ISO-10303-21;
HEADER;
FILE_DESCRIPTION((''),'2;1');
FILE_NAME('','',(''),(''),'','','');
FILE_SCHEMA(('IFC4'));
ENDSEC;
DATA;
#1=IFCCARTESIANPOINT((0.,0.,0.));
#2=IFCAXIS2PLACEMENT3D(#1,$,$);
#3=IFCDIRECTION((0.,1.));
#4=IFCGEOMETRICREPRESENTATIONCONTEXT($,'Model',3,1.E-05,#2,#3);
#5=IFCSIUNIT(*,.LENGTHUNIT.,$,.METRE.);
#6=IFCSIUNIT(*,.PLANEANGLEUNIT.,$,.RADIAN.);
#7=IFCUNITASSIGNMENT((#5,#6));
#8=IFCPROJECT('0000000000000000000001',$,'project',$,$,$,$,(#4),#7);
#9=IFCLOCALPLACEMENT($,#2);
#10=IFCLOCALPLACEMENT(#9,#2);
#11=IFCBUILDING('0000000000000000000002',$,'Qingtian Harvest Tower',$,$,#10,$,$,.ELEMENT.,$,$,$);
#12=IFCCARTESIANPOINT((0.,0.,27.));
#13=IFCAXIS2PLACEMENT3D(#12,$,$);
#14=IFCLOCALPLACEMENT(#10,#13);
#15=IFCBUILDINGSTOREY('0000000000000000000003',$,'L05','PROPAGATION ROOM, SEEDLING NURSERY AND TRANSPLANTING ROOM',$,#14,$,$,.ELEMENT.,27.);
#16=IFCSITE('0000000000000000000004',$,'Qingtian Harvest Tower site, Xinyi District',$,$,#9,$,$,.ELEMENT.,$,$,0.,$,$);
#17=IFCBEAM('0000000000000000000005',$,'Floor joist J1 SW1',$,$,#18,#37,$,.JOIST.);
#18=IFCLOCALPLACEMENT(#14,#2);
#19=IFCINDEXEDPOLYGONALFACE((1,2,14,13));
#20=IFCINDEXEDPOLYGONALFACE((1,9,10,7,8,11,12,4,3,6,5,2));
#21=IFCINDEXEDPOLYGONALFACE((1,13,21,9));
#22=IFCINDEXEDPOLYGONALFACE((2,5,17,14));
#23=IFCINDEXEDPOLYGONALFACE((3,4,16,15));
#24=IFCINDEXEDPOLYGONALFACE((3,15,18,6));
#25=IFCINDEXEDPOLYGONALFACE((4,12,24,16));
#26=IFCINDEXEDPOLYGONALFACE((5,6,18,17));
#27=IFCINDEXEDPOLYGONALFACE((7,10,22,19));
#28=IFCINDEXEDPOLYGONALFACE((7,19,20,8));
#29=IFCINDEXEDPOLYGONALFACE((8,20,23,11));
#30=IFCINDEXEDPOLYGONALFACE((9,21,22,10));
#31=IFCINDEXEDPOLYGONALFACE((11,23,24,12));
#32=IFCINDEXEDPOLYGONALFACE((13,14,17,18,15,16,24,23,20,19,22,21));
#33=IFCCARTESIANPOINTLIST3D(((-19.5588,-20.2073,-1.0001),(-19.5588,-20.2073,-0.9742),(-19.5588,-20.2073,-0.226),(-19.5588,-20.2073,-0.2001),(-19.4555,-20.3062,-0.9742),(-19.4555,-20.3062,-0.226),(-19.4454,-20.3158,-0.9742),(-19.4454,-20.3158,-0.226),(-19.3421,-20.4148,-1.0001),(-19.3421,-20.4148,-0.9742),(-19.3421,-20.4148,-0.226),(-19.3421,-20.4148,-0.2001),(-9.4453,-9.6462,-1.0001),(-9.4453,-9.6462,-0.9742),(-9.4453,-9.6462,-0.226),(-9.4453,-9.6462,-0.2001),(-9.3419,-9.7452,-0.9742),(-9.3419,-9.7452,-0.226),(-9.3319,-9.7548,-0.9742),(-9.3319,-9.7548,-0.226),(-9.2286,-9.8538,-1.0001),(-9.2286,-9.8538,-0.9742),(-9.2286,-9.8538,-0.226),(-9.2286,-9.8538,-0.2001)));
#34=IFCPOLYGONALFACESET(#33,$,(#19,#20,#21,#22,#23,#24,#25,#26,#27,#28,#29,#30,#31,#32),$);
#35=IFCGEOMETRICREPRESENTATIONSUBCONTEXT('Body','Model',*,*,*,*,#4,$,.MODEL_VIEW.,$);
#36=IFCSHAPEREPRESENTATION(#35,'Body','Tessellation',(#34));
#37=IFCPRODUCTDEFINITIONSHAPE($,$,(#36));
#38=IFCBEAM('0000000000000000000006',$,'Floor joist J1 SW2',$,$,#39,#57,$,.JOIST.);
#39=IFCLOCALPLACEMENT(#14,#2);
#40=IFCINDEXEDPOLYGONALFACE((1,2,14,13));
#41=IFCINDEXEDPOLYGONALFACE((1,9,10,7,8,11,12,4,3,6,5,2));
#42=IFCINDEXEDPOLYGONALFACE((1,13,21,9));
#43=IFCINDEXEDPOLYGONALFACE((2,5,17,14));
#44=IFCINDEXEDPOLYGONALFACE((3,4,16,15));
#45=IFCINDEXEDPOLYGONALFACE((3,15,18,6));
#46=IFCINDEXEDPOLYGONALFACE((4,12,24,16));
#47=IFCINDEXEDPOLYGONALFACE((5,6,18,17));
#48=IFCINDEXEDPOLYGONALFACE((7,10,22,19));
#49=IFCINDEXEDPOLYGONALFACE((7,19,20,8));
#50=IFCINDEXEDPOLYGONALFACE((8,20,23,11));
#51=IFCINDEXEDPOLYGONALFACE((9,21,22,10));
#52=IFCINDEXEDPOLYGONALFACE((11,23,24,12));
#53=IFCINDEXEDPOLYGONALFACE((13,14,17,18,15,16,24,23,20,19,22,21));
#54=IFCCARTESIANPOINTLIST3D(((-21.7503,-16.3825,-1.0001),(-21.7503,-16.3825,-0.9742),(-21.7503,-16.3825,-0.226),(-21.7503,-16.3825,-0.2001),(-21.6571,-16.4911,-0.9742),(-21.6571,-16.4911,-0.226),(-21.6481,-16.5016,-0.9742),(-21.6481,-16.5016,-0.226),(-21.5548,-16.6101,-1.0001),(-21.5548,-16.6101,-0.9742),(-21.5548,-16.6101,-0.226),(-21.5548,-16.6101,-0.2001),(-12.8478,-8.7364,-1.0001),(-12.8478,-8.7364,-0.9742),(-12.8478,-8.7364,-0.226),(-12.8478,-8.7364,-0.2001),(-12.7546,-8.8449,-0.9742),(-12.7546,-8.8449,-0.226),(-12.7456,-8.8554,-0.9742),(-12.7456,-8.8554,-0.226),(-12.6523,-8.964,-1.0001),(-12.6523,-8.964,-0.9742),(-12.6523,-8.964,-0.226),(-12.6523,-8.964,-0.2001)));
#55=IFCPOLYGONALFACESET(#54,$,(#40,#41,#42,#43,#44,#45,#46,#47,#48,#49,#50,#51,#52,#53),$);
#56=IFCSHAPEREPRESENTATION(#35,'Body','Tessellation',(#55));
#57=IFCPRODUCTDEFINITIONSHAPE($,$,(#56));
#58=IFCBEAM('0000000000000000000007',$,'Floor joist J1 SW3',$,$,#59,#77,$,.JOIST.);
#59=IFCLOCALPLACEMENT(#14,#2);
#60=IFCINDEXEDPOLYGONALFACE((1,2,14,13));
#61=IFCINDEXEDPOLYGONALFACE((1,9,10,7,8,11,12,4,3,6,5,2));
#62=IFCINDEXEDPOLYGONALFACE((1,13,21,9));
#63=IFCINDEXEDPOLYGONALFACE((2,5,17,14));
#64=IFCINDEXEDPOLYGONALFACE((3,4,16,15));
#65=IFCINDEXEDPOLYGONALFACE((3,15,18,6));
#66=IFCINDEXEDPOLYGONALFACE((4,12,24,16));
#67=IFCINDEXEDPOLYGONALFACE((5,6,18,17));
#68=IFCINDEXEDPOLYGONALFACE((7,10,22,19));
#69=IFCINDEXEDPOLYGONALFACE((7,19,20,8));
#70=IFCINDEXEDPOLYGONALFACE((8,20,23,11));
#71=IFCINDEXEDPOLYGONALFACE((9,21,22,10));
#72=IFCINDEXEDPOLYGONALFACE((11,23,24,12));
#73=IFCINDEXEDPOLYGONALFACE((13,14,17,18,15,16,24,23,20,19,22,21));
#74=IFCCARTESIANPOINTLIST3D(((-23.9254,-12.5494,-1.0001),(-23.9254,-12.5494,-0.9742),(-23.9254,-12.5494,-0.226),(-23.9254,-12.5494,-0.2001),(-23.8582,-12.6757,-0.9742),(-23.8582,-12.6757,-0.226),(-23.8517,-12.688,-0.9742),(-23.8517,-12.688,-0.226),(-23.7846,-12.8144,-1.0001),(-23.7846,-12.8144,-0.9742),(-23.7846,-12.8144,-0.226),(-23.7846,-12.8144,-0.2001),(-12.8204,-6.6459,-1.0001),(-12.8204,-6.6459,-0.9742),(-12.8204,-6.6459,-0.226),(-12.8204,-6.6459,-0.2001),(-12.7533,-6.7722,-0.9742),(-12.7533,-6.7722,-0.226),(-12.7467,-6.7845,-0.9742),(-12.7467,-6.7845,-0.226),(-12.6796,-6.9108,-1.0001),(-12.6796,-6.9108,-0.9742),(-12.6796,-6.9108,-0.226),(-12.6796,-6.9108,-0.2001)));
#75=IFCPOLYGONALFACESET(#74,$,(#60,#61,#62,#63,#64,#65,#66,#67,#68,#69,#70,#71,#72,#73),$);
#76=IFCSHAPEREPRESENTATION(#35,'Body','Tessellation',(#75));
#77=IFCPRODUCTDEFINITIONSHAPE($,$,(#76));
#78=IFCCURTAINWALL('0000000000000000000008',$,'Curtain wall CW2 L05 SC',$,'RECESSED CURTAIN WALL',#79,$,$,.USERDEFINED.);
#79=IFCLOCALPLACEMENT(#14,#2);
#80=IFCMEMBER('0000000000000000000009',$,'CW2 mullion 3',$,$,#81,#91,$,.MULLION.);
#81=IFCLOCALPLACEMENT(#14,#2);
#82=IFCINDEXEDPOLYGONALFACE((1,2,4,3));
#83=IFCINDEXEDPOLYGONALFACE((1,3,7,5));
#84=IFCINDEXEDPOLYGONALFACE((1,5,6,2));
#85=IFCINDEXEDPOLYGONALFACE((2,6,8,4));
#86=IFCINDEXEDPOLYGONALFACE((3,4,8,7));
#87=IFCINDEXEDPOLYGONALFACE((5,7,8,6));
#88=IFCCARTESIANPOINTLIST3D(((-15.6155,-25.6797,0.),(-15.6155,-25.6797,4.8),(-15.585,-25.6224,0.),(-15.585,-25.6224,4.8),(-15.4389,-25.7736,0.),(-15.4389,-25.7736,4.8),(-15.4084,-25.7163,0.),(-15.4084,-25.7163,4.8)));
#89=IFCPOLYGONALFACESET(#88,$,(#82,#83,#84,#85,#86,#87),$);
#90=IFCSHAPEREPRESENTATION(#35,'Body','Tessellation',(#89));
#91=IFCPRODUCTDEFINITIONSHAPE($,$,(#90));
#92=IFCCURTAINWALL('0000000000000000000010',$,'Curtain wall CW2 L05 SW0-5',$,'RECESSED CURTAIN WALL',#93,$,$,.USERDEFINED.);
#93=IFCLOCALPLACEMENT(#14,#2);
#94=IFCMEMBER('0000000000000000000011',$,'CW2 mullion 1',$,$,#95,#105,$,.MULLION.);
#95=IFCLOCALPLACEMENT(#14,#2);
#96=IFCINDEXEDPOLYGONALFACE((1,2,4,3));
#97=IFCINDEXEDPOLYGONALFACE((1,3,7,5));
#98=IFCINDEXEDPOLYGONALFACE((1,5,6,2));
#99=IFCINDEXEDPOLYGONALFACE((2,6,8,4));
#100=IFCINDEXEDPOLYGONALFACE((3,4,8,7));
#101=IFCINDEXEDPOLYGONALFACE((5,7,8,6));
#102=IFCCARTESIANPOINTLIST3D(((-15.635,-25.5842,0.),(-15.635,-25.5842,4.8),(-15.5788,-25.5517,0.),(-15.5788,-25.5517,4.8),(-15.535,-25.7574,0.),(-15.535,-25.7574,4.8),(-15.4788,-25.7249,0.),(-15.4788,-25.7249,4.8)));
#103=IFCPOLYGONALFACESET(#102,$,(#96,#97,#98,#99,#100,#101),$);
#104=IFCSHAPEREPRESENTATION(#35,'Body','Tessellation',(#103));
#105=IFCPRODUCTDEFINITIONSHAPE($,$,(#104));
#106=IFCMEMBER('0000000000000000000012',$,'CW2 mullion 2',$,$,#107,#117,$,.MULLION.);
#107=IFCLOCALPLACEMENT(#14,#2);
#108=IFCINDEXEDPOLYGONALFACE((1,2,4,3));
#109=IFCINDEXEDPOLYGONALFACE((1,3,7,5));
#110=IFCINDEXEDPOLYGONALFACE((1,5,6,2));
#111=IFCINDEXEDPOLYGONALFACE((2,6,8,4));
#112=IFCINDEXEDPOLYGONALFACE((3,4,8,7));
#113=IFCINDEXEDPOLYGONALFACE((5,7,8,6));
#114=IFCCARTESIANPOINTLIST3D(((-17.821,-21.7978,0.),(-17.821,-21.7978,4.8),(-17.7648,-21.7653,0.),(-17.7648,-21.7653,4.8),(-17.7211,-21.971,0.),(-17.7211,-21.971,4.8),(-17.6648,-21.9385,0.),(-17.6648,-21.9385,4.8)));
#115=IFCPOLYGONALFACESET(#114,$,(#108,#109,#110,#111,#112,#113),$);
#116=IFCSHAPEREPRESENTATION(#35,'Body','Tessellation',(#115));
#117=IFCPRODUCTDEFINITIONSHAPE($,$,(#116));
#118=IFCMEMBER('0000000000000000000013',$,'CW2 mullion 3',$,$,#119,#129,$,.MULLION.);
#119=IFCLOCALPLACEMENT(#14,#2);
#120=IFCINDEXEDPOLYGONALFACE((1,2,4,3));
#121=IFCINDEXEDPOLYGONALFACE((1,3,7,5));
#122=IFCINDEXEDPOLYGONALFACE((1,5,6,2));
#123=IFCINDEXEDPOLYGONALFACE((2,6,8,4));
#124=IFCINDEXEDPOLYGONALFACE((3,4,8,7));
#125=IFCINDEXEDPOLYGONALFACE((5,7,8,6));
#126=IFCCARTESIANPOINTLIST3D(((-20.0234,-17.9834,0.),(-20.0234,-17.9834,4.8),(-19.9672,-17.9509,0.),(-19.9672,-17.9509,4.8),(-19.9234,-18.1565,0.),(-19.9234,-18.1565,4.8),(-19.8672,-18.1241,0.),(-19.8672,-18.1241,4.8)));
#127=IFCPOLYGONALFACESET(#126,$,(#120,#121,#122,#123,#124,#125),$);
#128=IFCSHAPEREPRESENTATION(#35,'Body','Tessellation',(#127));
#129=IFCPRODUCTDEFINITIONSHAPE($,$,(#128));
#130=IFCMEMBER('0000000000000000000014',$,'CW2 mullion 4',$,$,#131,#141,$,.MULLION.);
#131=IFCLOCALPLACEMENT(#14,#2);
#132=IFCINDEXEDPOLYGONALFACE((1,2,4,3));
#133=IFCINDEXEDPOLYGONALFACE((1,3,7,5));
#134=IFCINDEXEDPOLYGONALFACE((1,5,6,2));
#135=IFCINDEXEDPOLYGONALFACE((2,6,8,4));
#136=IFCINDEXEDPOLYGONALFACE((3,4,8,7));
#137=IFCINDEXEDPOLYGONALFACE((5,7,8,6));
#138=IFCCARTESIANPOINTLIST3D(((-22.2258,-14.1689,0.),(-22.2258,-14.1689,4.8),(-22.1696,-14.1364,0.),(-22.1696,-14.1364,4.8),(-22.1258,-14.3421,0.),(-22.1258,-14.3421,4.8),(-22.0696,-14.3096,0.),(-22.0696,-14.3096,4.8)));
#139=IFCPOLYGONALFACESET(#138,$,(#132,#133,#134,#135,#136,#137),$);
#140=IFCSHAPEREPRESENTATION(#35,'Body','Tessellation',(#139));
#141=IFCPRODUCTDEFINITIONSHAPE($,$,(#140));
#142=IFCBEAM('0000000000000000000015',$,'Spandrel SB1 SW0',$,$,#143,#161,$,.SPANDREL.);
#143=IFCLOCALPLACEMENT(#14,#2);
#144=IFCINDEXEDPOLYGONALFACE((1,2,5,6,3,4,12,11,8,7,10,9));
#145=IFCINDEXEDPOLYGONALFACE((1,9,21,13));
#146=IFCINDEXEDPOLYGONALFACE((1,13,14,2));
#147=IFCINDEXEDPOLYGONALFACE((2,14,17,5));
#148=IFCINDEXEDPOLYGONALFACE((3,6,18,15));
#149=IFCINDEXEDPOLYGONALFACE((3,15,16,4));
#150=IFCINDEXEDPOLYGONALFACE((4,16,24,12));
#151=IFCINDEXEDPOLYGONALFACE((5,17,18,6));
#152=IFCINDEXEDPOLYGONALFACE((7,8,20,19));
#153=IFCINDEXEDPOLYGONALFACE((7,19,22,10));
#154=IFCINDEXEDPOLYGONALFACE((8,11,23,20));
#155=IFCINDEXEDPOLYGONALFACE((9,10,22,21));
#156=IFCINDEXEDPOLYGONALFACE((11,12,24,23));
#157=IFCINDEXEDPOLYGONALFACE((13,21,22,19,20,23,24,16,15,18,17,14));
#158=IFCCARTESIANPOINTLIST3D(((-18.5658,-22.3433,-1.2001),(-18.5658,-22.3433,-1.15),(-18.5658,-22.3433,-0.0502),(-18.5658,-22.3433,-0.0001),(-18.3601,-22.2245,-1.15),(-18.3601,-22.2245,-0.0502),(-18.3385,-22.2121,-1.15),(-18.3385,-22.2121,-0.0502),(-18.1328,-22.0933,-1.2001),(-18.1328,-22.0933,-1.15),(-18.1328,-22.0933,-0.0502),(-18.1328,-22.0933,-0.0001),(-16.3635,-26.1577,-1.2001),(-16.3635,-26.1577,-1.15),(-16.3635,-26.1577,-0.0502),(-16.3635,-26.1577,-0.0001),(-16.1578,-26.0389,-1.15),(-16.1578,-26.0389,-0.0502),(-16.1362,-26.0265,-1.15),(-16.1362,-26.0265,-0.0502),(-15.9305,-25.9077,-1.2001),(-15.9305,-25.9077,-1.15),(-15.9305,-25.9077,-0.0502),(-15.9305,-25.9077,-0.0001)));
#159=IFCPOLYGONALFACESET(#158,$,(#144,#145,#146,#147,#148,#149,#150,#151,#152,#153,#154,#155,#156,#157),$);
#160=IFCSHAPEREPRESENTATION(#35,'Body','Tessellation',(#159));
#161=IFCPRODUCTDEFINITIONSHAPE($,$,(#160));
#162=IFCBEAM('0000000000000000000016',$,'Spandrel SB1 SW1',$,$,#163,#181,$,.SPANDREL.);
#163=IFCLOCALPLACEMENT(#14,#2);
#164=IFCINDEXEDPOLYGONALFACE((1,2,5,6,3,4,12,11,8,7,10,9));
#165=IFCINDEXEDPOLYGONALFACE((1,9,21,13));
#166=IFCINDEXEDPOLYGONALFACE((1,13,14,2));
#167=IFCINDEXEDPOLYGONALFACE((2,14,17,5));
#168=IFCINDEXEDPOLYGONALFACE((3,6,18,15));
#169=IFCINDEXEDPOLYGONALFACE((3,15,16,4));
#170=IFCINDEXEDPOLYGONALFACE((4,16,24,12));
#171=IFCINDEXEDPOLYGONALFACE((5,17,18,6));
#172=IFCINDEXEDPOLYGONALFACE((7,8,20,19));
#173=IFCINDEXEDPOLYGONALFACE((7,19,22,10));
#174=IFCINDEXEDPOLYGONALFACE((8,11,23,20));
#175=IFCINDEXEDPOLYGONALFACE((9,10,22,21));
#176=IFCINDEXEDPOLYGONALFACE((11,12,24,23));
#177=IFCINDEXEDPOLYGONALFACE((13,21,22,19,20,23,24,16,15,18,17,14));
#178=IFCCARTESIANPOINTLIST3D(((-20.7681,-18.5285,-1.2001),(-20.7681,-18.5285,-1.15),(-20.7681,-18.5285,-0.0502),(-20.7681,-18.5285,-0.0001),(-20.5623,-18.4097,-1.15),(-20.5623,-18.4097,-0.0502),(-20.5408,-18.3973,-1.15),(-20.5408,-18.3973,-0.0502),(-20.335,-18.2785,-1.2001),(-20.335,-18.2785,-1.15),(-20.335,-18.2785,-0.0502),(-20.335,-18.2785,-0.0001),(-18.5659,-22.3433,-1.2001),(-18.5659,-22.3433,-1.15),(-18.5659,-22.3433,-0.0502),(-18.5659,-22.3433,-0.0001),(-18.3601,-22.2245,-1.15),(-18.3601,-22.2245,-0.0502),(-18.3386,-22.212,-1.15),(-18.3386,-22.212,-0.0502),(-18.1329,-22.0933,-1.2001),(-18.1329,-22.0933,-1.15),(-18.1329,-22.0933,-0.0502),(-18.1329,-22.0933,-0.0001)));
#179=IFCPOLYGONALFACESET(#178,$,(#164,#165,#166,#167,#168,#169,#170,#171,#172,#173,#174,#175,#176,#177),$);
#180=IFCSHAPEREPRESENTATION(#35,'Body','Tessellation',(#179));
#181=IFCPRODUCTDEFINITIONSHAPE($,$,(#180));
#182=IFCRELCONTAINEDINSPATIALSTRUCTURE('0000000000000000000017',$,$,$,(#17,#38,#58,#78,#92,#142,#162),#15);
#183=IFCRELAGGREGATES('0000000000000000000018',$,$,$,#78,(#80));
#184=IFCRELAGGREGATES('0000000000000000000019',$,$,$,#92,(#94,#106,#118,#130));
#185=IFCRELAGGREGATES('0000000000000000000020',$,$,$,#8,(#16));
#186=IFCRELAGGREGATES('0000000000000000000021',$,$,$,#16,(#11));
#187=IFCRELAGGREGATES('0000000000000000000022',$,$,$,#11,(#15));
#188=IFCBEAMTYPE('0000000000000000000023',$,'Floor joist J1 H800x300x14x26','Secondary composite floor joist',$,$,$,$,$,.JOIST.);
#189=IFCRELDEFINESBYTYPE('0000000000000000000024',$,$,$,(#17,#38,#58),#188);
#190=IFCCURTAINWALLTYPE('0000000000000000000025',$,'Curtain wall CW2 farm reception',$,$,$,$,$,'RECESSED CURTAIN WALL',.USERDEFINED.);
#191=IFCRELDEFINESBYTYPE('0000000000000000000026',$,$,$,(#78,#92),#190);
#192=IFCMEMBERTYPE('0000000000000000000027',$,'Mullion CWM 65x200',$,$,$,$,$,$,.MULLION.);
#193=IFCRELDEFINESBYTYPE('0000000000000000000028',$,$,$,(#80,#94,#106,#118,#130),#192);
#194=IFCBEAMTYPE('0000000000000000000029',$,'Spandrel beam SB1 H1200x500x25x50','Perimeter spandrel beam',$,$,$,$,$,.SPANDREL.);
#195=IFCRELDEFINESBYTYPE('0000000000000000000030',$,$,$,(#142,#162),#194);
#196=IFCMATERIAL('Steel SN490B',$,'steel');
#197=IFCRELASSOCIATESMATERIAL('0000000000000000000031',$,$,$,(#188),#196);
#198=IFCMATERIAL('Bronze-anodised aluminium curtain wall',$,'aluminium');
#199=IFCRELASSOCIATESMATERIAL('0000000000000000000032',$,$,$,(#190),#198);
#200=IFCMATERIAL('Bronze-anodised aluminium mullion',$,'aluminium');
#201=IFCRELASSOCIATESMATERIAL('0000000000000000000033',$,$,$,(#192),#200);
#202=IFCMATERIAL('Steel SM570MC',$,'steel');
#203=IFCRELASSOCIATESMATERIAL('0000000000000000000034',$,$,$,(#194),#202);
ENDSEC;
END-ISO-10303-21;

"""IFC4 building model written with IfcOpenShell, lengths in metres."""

from ifc_helpers import new_model, si_unit, direction, frame, origin, origin_2d, place, context, subcontext, project, spatial, rectangle, i_section, extrude, material, material_profile, profile_set, type_object, element, aggregate, save


model = new_model("IFC4")

# Units and contexts
model_context = context("Model", 3, precision=1e-05, world=origin(), true_north=direction((0.0, 1.0)))
body_context = subcontext(model_context, "Body", "Model", "MODEL_VIEW")
ifc_project = project(units=[si_unit("LENGTHUNIT", "METRE"), si_unit("PLANEANGLEUNIT", "RADIAN")], contexts=[model_context])

# Site, building, storey
site_placement = place(None, origin())
site = spatial("IfcSite", under=ifc_project, at=site_placement, Name="Qingtian Harvest Tower site, Xinyi District", CompositionType="ELEMENT", RefElevation=0.0)
building_placement = place(site_placement, origin())
building = spatial("IfcBuilding", under=site, at=building_placement, Name="Qingtian Harvest Tower", CompositionType="ELEMENT")
storey_placement = place(building_placement, frame((0.0, 0.0, 27.0)))
storey = spatial("IfcBuildingStorey", under=building, at=storey_placement, Name="L05", Description="PROPAGATION ROOM, SEEDLING NURSERY AND TRANSPLANTING ROOM", CompositionType="ELEMENT", Elevation=27.0)

# Beams
ifc_material_1 = material(Name="Steel SN490B", Category="steel")
ifc_material_profile_1 = material_profile(ifc_material_1, i_section(OverallWidth=0.3, OverallDepth=0.8, WebThickness=0.0139, FlangeThickness=0.0259, at=origin_2d()), Name="H800x300x14x26")
ifc_profile_set_1 = profile_set([ifc_material_profile_1], Name="Steel SN490B")
beam_type_1 = type_object("IfcBeamType", Name="Floor joist J1 H800x300x14x26", Description="Secondary composite floor joist", PredefinedType="JOIST", material=ifc_profile_set_1)
beam_1_placement = place(storey_placement, frame((-19.4504, -20.311, -0.6001), z_axis=(0.691639, 0.722243, 0.0), x_axis=(-0.722243, 0.691639, 0.0)))
element("IfcBeam", 1, at=beam_1_placement, inside=storey, type_object=beam_type_1, Name="Floor joist J1 SW1", PredefinedType="JOIST", context=body_context, shape_type="SweptSolid", body=[
    extrude(i_section(OverallWidth=0.3, OverallDepth=0.8, WebThickness=0.0139, FlangeThickness=0.0259, at=origin_2d()), origin(), (0.0, 0.0, 1.0), 14.6226),
])
beam_2_placement = place(storey_placement, frame((-21.6526, -16.4963, -0.6001), z_axis=(0.758606, 0.65155, 0.0), x_axis=(-0.65155, 0.758606, 0.0)))
element("IfcBeam", 2, at=beam_2_placement, inside=storey, type_object=beam_type_1, Name="Floor joist J1 SW2", PredefinedType="JOIST", context=body_context, shape_type="SweptSolid", body=[
    extrude(i_section(OverallWidth=0.3, OverallDepth=0.8, WebThickness=0.0139, FlangeThickness=0.0259, at=origin_2d()), origin(), (0.0, 0.0, 1.0), 11.7354),
])
beam_3_placement = place(storey_placement, frame((-23.855, -12.6819, -0.6001), z_axis=(0.882982, 0.469406, 0.0), x_axis=(-0.469406, 0.882982, 0.0)))
element("IfcBeam", 3, at=beam_3_placement, inside=storey, type_object=beam_type_1, Name="Floor joist J1 SW3", PredefinedType="JOIST", context=body_context, shape_type="SweptSolid", body=[
    extrude(i_section(OverallWidth=0.3, OverallDepth=0.8, WebThickness=0.0139, FlangeThickness=0.0259, at=origin_2d()), origin(), (0.0, 0.0, 1.0), 12.5767),
])

# Curtain wall, member
ifc_material_2 = material(Name="Bronze-anodised aluminium curtain wall", Category="aluminium")
curtain_wall_type = type_object("IfcCurtainWallType", Name="Curtain wall CW2 farm reception", ElementType="RECESSED CURTAIN WALL", PredefinedType="USERDEFINED", material=ifc_material_2)
curtain_wall_1_placement = place(storey_placement, origin())
curtain_wall_1 = element("IfcCurtainWall", 4, at=curtain_wall_1_placement, inside=storey, type_object=curtain_wall_type, Name="Curtain wall CW2 L05 SC", ObjectType="RECESSED CURTAIN WALL", PredefinedType="USERDEFINED")
ifc_material_3 = material(Name="Bronze-anodised aluminium mullion", Category="aluminium")
ifc_material_profile_2 = material_profile(ifc_material_3, rectangle(XDim=0.0649, YDim=0.2, at=origin_2d()), Name="AL 65x200")
ifc_profile_set_2 = profile_set([ifc_material_profile_2], Name="Bronze-anodised aluminium mullion")
member_type_1 = type_object("IfcMemberType", Name="Mullion CWM 65x200", PredefinedType="MULLION", material=ifc_profile_set_2)
member_1_placement = place(storey_placement, frame((-15.512, -25.698, 0.0), z_axis=(0.0, 0.0, 1.0), x_axis=(-0.469472, -0.882948, 0.0)))
member_1 = element("IfcMember", 5, at=member_1_placement, type_object=member_type_1, Name="CW2 mullion 3", PredefinedType="MULLION", context=body_context, shape_type="SweptSolid", body=[
    extrude(rectangle(XDim=0.0649, YDim=0.2, at=origin_2d()), origin(), (0.0, 0.0, 1.0), 4.8),
])
aggregate(curtain_wall_1, [member_1])

# Curtain wall, members
curtain_wall_2_placement = place(storey_placement, origin())
curtain_wall_2 = element("IfcCurtainWall", 6, at=curtain_wall_2_placement, inside=storey, type_object=curtain_wall_type, Name="Curtain wall CW2 L05 SW0-5", ObjectType="RECESSED CURTAIN WALL", PredefinedType="USERDEFINED")
member_2_placement = place(storey_placement, frame((-15.5569, -25.6545, 0.0), z_axis=(0.0, 0.0, 1.0), x_axis=(-0.866025, -0.5, 0.0)))
member_2 = element("IfcMember", 7, at=member_2_placement, type_object=member_type_1, Name="CW2 mullion 1", PredefinedType="MULLION", context=body_context, shape_type="SweptSolid", body=[
    extrude(rectangle(XDim=0.0649, YDim=0.2, at=origin_2d()), origin(), (0.0, 0.0, 1.0), 4.8),
])
member_3_placement = place(storey_placement, frame((-17.7429, -21.8682, 0.0), z_axis=(0.0, 0.0, 1.0), x_axis=(-0.866025, -0.5, 0.0)))
member_3 = element("IfcMember", 8, at=member_3_placement, type_object=member_type_1, Name="CW2 mullion 2", PredefinedType="MULLION", context=body_context, shape_type="SweptSolid", body=[
    extrude(rectangle(XDim=0.0649, YDim=0.2, at=origin_2d()), origin(), (0.0, 0.0, 1.0), 4.8),
])
member_4_placement = place(storey_placement, frame((-19.9453, -18.0537, 0.0), z_axis=(0.0, 0.0, 1.0), x_axis=(-0.866025, -0.5, 0.0)))
member_4 = element("IfcMember", 9, at=member_4_placement, type_object=member_type_1, Name="CW2 mullion 3", PredefinedType="MULLION", context=body_context, shape_type="SweptSolid", body=[
    extrude(rectangle(XDim=0.0649, YDim=0.2, at=origin_2d()), origin(), (0.0, 0.0, 1.0), 4.8),
])
member_5_placement = place(storey_placement, frame((-22.1477, -14.2393, 0.0), z_axis=(0.0, 0.0, 1.0), x_axis=(-0.866025, -0.5, 0.0)))
member_5 = element("IfcMember", 10, at=member_5_placement, type_object=member_type_1, Name="CW2 mullion 4", PredefinedType="MULLION", context=body_context, shape_type="SweptSolid", body=[
    extrude(rectangle(XDim=0.0649, YDim=0.2, at=origin_2d()), origin(), (0.0, 0.0, 1.0), 4.8),
])

# Beams
ifc_material_4 = material(Name="Steel SM570MC", Category="steel")
ifc_material_profile_3 = material_profile(ifc_material_4, i_section(OverallWidth=0.5, OverallDepth=1.2, WebThickness=0.0249, FlangeThickness=0.05, at=origin_2d()), Name="H1200x500x25x50")
ifc_profile_set_3 = profile_set([ifc_material_profile_3], Name="Steel SM570MC")
beam_type_2 = type_object("IfcBeamType", Name="Spandrel beam SB1 H1200x500x25x50", Description="Perimeter spandrel beam", PredefinedType="SPANDREL", material=ifc_profile_set_3)
beam_4_placement = place(storey_placement, frame((-16.147, -26.0327, -0.6001), z_axis=(-0.50002, 0.866014, 0.0), x_axis=(-0.866014, -0.50002, 0.0)))
element("IfcBeam", 11, at=beam_4_placement, inside=storey, type_object=beam_type_2, Name="Spandrel SB1 SW0", PredefinedType="SPANDREL", context=body_context, shape_type="SweptSolid", body=[
    extrude(i_section(OverallWidth=0.5, OverallDepth=1.2, WebThickness=0.0249, FlangeThickness=0.05, at=origin_2d()), origin(), (0.0, 0.0, 1.0), 4.4045),
])
beam_5_placement = place(storey_placement, frame((-18.3494, -22.2183, -0.6001), z_axis=(-0.499954, 0.866052, 0.0), x_axis=(-0.866052, -0.499954, 0.0)))
element("IfcBeam", 12, at=beam_5_placement, inside=storey, type_object=beam_type_2, Name="Spandrel SB1 SW1", PredefinedType="SPANDREL", context=body_context, shape_type="SweptSolid", body=[
    extrude(i_section(OverallWidth=0.5, OverallDepth=1.2, WebThickness=0.0249, FlangeThickness=0.05, at=origin_2d()), origin(), (0.0, 0.0, 1.0), 4.4048),
])

aggregate(curtain_wall_2, [member_2, member_3, member_4, member_5])

save(model, "model.ifc")
